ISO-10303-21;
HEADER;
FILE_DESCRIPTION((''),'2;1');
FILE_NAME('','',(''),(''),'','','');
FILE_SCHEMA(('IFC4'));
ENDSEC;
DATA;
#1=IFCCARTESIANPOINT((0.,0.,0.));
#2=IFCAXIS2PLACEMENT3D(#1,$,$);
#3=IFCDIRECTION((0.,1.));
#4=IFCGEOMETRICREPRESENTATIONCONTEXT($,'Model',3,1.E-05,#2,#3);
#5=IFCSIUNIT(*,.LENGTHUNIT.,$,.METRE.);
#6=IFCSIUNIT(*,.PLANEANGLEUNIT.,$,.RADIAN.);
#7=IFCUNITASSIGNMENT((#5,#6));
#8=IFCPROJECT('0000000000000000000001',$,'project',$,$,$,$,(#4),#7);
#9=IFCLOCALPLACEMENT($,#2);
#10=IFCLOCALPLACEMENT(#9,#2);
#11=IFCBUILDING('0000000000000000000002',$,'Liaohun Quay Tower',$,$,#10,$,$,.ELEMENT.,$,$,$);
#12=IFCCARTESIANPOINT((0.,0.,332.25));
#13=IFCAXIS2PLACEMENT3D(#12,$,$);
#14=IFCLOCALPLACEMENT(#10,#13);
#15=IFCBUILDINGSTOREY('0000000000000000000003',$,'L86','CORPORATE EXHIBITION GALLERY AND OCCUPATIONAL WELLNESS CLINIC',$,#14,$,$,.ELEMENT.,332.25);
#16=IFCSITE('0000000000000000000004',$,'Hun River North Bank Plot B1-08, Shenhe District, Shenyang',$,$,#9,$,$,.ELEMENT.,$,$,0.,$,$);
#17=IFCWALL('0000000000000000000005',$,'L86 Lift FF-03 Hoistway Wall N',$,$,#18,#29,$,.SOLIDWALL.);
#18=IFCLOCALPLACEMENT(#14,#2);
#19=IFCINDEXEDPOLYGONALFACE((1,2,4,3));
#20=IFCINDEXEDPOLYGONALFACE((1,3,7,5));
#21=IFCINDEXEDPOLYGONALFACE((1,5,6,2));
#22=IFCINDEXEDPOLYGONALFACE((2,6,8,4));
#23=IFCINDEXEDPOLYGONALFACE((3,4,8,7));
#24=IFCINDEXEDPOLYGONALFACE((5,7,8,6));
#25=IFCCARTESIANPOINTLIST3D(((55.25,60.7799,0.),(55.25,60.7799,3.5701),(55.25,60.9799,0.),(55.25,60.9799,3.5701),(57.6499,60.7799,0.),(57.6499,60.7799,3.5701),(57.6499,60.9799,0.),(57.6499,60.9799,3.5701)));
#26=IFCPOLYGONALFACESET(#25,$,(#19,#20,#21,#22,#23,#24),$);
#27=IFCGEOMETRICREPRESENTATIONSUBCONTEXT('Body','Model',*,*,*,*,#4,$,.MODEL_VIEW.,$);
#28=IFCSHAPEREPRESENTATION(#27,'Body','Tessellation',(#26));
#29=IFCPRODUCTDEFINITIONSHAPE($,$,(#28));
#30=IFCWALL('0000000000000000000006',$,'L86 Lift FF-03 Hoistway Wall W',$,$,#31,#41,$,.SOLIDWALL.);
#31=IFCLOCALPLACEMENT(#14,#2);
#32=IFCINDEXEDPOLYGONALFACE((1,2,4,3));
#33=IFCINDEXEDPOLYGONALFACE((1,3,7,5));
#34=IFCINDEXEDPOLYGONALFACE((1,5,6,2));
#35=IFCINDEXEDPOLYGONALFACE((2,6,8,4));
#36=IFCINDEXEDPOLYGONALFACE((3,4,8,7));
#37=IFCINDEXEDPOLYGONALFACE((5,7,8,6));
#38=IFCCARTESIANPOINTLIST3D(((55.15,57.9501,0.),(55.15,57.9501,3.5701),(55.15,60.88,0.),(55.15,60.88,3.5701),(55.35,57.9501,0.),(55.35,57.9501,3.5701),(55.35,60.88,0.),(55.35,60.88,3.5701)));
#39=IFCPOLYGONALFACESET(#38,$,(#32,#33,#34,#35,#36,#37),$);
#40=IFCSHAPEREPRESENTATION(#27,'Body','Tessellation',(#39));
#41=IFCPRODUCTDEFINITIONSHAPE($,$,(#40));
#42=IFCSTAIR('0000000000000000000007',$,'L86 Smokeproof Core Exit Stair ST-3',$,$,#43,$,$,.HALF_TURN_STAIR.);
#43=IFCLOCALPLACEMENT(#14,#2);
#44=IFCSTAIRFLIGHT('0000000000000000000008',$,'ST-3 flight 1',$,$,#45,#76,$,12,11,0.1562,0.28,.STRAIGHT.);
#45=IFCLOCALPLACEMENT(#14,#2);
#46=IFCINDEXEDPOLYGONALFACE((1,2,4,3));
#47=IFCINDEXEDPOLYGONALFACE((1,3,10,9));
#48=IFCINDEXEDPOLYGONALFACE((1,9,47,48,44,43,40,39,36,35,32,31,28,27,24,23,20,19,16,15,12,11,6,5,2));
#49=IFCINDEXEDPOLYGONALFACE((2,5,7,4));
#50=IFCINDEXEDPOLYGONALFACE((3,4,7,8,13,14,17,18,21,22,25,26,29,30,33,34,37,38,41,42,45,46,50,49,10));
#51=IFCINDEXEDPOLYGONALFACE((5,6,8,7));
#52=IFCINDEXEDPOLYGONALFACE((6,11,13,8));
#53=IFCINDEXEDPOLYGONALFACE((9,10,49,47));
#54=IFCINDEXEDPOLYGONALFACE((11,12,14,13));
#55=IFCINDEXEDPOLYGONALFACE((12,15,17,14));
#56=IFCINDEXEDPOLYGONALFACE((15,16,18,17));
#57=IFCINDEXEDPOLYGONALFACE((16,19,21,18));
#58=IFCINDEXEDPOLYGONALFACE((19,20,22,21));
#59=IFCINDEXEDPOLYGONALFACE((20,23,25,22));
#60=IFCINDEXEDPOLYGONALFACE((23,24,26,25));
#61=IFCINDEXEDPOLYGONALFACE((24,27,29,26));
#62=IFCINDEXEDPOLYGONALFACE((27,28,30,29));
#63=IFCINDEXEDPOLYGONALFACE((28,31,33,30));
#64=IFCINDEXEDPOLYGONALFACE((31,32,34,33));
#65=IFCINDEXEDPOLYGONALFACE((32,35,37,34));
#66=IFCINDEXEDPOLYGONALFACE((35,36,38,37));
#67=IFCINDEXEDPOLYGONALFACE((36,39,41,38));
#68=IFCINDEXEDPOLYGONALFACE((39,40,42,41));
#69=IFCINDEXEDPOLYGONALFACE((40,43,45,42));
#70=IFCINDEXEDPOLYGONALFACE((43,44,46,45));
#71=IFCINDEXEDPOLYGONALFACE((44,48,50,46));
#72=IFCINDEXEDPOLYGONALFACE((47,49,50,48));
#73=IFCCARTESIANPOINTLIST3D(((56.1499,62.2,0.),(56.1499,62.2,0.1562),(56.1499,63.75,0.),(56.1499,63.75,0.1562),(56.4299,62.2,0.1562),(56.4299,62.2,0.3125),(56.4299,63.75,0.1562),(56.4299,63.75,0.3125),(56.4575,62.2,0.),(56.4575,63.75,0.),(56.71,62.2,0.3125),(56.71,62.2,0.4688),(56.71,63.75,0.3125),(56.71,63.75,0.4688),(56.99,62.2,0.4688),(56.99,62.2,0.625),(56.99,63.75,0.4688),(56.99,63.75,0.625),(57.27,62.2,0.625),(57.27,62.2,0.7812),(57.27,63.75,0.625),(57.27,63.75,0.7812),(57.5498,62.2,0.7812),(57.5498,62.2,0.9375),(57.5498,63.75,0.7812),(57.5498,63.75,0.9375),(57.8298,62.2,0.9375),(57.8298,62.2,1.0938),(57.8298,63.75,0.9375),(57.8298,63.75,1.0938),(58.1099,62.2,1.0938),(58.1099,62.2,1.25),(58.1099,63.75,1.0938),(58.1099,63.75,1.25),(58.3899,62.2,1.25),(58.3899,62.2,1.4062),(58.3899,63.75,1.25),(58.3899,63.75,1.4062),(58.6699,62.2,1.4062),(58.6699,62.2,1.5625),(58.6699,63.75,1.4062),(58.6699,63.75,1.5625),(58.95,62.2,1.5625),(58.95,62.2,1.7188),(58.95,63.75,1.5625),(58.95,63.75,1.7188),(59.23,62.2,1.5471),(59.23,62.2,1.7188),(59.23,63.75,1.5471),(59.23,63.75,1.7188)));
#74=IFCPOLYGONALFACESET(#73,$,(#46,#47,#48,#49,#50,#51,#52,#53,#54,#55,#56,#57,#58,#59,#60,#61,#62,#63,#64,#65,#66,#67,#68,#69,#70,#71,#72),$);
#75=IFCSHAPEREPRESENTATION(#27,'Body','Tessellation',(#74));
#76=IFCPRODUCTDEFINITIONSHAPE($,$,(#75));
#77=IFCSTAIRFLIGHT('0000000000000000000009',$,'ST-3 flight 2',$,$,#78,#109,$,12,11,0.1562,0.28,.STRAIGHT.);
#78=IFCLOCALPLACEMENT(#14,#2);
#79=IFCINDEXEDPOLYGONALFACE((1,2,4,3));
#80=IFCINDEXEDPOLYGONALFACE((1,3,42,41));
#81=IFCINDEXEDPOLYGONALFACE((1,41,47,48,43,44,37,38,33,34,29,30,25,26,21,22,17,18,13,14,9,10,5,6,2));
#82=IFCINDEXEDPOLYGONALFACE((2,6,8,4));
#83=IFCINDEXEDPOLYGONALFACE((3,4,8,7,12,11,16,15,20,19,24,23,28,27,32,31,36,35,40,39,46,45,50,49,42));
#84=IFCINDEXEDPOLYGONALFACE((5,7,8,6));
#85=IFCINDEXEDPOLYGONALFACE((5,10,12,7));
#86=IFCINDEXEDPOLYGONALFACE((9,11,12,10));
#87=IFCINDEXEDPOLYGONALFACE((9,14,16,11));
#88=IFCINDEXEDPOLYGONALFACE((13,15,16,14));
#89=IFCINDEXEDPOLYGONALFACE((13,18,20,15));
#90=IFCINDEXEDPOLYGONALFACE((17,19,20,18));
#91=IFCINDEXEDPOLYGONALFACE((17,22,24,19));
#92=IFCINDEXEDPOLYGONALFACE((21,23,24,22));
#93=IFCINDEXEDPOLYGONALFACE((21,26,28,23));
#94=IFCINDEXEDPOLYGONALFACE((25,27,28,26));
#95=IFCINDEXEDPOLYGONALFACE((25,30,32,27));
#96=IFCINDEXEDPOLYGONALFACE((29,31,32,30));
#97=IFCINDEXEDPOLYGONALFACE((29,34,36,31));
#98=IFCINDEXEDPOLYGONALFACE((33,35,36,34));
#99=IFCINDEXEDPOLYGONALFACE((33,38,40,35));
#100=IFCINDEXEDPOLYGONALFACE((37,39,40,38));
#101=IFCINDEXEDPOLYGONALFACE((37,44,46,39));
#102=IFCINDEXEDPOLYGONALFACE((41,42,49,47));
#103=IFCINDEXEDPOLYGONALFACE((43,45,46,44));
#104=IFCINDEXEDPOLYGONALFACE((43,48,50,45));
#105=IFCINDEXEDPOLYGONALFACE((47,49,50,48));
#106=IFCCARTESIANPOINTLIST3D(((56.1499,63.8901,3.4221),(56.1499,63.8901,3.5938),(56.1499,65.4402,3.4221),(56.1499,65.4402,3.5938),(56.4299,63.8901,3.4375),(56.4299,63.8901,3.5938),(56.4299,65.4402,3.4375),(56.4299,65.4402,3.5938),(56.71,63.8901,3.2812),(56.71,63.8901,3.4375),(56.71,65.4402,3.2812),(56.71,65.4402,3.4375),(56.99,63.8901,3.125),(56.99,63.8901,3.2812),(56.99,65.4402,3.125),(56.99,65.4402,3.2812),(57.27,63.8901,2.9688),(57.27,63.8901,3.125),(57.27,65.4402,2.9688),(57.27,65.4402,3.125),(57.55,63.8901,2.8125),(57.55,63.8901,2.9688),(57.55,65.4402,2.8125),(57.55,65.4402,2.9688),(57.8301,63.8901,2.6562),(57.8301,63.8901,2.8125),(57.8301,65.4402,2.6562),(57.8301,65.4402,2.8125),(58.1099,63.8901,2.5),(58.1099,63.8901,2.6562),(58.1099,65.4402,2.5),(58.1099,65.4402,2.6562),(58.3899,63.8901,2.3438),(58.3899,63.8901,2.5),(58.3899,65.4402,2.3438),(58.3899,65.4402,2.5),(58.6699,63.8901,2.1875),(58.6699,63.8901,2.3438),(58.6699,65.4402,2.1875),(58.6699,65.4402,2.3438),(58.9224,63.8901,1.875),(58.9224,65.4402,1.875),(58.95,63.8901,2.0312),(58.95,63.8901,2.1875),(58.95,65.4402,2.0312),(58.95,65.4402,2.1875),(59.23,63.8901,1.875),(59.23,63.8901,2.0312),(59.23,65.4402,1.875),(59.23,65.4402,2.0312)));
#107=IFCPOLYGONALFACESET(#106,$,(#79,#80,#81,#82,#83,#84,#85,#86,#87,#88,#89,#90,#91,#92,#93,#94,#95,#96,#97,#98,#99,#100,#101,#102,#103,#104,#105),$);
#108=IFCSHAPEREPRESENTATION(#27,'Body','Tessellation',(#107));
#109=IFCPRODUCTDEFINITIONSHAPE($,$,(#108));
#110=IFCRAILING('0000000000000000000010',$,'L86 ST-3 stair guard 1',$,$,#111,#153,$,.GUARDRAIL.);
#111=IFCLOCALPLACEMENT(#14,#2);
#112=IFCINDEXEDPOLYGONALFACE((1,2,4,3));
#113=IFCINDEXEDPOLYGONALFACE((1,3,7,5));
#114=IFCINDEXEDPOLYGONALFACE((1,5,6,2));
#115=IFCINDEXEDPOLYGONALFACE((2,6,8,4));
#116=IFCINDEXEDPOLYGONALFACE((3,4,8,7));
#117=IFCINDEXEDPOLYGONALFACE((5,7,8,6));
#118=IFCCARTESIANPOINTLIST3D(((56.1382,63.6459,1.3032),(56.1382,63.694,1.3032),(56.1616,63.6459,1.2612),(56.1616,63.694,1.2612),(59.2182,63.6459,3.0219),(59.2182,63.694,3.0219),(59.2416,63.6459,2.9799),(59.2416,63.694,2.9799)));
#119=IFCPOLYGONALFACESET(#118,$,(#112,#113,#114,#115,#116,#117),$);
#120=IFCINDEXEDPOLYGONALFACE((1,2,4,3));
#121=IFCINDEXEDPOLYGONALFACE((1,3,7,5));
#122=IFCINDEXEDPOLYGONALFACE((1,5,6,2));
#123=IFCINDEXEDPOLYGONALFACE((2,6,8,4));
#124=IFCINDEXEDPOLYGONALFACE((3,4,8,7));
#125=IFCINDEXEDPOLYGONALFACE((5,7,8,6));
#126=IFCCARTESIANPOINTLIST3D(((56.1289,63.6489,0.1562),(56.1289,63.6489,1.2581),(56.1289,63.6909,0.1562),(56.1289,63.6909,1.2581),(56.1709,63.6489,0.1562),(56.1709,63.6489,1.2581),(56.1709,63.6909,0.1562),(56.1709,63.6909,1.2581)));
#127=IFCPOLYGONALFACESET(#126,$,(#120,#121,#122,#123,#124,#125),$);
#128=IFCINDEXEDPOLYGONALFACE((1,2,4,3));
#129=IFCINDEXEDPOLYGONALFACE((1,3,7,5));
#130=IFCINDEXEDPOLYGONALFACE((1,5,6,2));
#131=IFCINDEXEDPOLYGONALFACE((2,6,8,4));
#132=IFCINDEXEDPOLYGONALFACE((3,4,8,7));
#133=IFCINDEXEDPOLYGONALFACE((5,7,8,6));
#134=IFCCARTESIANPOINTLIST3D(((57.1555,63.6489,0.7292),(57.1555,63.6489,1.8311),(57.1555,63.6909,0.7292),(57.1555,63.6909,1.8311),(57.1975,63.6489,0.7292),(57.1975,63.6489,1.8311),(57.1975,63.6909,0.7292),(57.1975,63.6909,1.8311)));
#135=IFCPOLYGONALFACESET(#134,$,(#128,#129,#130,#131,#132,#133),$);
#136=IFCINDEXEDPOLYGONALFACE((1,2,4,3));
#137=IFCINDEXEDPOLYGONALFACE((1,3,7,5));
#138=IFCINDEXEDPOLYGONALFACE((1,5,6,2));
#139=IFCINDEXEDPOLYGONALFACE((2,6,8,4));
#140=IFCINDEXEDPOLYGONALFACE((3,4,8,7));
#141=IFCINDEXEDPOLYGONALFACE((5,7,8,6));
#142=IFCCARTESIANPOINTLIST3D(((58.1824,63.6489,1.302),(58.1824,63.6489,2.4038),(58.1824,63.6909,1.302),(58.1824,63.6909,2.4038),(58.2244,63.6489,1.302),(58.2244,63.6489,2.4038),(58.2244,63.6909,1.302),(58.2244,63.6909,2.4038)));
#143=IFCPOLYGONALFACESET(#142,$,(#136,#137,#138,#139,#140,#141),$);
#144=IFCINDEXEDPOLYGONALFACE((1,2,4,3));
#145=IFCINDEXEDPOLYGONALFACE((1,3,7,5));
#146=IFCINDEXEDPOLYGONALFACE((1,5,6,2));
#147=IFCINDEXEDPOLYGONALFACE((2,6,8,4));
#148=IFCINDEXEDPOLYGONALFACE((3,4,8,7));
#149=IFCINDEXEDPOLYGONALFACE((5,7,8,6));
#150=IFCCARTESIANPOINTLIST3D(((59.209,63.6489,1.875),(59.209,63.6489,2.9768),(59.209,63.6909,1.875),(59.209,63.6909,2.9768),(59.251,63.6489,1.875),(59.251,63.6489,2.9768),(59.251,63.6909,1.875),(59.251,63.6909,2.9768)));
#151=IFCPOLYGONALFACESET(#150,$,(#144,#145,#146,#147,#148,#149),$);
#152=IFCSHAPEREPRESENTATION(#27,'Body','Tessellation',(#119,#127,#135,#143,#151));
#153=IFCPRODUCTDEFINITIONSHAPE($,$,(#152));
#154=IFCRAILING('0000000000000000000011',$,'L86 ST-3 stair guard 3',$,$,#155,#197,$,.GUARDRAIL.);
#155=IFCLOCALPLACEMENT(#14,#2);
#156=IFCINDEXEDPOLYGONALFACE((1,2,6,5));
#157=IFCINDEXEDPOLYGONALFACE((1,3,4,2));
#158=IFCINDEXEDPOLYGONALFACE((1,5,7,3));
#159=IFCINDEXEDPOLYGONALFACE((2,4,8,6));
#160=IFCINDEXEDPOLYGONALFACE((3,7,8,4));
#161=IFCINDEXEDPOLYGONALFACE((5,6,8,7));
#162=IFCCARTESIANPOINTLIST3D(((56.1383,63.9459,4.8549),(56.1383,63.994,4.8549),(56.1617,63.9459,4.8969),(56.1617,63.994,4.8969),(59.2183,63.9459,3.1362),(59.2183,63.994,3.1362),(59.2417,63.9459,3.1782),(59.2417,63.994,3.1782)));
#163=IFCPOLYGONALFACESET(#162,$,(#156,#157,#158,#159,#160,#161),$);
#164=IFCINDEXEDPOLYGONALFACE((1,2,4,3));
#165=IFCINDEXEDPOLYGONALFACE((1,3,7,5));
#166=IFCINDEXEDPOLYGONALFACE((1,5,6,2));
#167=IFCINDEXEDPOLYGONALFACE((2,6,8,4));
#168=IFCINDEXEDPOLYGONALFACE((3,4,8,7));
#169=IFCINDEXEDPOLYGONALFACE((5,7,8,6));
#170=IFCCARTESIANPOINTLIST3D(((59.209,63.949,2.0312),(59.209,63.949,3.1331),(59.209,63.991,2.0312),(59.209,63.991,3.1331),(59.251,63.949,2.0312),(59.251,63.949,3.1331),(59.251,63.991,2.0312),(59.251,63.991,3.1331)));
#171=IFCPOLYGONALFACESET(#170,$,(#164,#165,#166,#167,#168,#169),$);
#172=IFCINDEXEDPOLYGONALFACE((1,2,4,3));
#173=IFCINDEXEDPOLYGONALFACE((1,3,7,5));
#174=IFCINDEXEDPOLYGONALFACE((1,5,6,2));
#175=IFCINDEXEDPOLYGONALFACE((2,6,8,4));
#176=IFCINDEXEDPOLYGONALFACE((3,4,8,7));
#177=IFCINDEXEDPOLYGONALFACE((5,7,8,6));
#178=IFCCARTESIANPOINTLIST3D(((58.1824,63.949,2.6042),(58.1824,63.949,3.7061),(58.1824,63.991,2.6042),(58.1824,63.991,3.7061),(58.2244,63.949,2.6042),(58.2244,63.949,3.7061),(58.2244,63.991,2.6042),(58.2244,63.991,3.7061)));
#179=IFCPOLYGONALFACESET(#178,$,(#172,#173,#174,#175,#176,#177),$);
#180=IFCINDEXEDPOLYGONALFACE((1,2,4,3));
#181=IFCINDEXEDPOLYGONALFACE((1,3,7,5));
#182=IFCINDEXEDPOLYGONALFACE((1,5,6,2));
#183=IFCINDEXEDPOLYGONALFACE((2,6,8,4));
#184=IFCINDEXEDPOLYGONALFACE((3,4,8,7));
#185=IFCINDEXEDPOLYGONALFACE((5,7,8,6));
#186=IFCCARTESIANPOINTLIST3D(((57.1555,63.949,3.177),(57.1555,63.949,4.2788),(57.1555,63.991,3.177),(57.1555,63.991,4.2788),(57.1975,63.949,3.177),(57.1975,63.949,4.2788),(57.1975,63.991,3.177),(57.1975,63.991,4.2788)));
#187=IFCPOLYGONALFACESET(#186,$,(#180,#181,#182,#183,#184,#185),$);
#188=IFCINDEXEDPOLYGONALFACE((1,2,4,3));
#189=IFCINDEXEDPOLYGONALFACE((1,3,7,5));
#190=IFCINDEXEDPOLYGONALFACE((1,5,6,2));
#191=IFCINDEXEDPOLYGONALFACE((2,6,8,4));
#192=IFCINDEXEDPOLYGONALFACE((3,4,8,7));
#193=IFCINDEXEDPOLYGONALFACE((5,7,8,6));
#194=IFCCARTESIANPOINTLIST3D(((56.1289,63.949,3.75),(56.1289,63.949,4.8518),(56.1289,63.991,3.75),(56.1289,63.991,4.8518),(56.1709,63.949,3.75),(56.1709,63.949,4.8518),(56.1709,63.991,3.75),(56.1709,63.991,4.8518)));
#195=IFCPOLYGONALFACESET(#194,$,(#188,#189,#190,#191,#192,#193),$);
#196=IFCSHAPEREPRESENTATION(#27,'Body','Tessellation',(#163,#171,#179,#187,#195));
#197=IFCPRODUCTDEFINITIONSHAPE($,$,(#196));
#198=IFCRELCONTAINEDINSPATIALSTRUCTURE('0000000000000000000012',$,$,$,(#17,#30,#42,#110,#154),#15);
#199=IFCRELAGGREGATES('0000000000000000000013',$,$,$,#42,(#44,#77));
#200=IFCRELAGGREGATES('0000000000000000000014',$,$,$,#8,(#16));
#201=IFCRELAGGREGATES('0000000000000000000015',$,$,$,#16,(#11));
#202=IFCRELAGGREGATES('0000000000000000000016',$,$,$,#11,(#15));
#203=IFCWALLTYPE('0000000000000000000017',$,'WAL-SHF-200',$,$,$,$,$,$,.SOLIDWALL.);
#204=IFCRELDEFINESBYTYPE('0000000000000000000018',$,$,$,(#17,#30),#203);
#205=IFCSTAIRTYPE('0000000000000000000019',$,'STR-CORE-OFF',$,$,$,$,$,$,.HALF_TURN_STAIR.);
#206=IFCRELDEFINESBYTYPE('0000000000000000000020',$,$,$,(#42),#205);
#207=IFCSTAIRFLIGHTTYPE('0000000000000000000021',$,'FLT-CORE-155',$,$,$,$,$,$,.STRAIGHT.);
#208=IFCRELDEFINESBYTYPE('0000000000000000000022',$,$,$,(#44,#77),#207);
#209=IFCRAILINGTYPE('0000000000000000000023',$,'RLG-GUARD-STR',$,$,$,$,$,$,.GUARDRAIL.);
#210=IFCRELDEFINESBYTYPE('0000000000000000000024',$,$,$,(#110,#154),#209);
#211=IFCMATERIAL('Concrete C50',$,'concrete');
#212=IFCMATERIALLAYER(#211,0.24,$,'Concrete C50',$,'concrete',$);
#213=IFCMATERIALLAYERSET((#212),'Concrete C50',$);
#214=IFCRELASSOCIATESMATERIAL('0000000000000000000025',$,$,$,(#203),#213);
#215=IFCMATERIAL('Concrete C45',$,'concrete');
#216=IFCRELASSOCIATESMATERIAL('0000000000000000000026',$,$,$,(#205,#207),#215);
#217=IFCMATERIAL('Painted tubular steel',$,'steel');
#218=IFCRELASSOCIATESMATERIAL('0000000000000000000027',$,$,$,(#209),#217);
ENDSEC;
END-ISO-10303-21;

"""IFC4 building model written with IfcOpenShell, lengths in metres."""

from ifc_helpers import new_model, si_unit, direction, frame, frame_2d, origin, origin_2d, place, context, subcontext, project, spatial, polyline, rectangle, outline, extrude, material, layer, layer_set, type_object, element, aggregate, save


model = new_model("IFC4")

# Units and contexts
model_context = context("Model", 3, precision=1e-05, world=origin(), true_north=direction((0.0, 1.0)))
body_context = subcontext(model_context, "Body", "Model", "MODEL_VIEW")
ifc_project = project(units=[si_unit("LENGTHUNIT", "METRE"), si_unit("PLANEANGLEUNIT", "RADIAN")], contexts=[model_context])

# Site, building, storey
site_placement = place(None, origin())
site = spatial("IfcSite", under=ifc_project, at=site_placement, Name="Hun River North Bank Plot B1-08, Shenhe District, Shenyang", CompositionType="ELEMENT", RefElevation=0.0)
building_placement = place(site_placement, origin())
building = spatial("IfcBuilding", under=site, at=building_placement, Name="Liaohun Quay Tower", CompositionType="ELEMENT")
storey_placement = place(building_placement, frame((0.0, 0.0, 332.25)))
storey = spatial("IfcBuildingStorey", under=building, at=storey_placement, Name="L86", Description="CORPORATE EXHIBITION GALLERY AND OCCUPATIONAL WELLNESS CLINIC", CompositionType="ELEMENT", Elevation=332.25)

# Shared definitions
ifc_material_1 = material(Name="Concrete C50", Category="concrete")

# Shared definitions
ifc_layer_1 = layer(ifc_material_1, 0.24, Name="Concrete C50", Category="concrete")
ifc_layer_set_1 = layer_set([ifc_layer_1], Name="Concrete C50")
wall_type_1 = type_object("IfcWallType", Name="WAL-SHF-200", PredefinedType="SOLIDWALL", material=ifc_layer_set_1)

# Walls
wall_1_placement = place(storey_placement, frame((57.6499, 60.8799, 0.0), z_axis=(0.0, 0.0, 1.0), x_axis=(-1.0, 0.0, 0.0)))
element("IfcWall", 1, at=wall_1_placement, inside=storey, type_object=wall_type_1, Name="L86 Lift FF-03 Hoistway Wall N", PredefinedType="SOLIDWALL", context=body_context, shape_type="SweptSolid", body=[
    extrude(rectangle(XDim=2.3999, YDim=0.2, at=frame_2d((1.2, 0.0))), origin(), (0.0, 0.0, 1.0), 3.5701),
])
wall_2_placement = place(storey_placement, frame((55.25, 60.8799, 0.0), z_axis=(0.0, 0.0, 1.0), x_axis=(0.0, -1.0, 0.0)))
element("IfcWall", 2, at=wall_2_placement, inside=storey, type_object=wall_type_1, Name="L86 Lift FF-03 Hoistway Wall W", PredefinedType="SOLIDWALL", context=body_context, shape_type="SweptSolid", body=[
    extrude(rectangle(XDim=2.9299, YDim=0.2, at=frame_2d((1.4648, 0.0))), origin(), (0.0, 0.0, 1.0), 3.5701),
])

# Stair, stair flights
ifc_material_2 = material(Name="Concrete C45", Category="concrete")
stair_type = type_object("IfcStairType", Name="STR-CORE-OFF", PredefinedType="HALF_TURN_STAIR", material=ifc_material_2)
stair_placement = place(storey_placement, origin())
stair = element("IfcStair", 3, at=stair_placement, inside=storey, type_object=stair_type, Name="L86 Smokeproof Core Exit Stair ST-3", PredefinedType="HALF_TURN_STAIR")
stair_flight_type = type_object("IfcStairFlightType", Name="FLT-CORE-155", PredefinedType="STRAIGHT", material=ifc_material_2)
stair_flight_1_placement = place(storey_placement, frame((56.1499, 62.9751, 0.0), z_axis=(0.0, 0.0, 1.0), x_axis=(1.0, 0.0, 0.0)))
stair_flight_1 = element("IfcStairFlight", 4, at=stair_flight_1_placement, type_object=stair_flight_type, Name="ST-3 flight 1", NumberOfRisers=12, NumberOfTreads=11, PredefinedType="STRAIGHT", RiserHeight=0.1562, TreadLength=0.28, context=body_context, shape_type="SweptSolid", body=[
    extrude(outline(polyline([(0.0, 0.0), (0.0, 0.1562), (0.28, 0.1562), (0.28, 0.3125), (0.5601, 0.3125), (0.5601, 0.4688), (0.8401, 0.4688), (0.8401, 0.625), (1.1201, 0.625), (1.1201, 0.7812), (1.3999, 0.7812), (1.3999, 0.9375), (1.6799, 0.9375), (1.6799, 1.0938), (1.96, 1.0938), (1.96, 1.25), (2.24, 1.25), (2.24, 1.4062), (2.52, 1.4062), (2.52, 1.5625), (2.8, 1.5625), (2.8, 1.7188), (3.0801, 1.7188), (3.0801, 1.875), (3.0801, 1.5471), (0.3076, 0.0), (0.0, 0.0)])), frame((0.0, 0.7749, 0.0), z_axis=(0.0, -1.0, 0.0), x_axis=(1.0, 0.0, 0.0)), (0.0, 0.0, 1.0), 1.55),
])
stair_flight_2_placement = place(storey_placement, frame((59.23, 64.665, 1.875), z_axis=(0.0, 0.0, 1.0), x_axis=(-1.0, 0.0, 0.0)))
stair_flight_2 = element("IfcStairFlight", 5, at=stair_flight_2_placement, type_object=stair_flight_type, Name="ST-3 flight 2", NumberOfRisers=12, NumberOfTreads=11, PredefinedType="STRAIGHT", RiserHeight=0.1562, TreadLength=0.28, context=body_context, shape_type="SweptSolid", body=[
    extrude(outline(polyline([(0.0, 0.0), (0.0, 0.1562), (0.28, 0.1562), (0.28, 0.3125), (0.5601, 0.3125), (0.5601, 0.4688), (0.8401, 0.4688), (0.8401, 0.625), (1.1201, 0.625), (1.1201, 0.7812), (1.3999, 0.7812), (1.3999, 0.9375), (1.6799, 0.9375), (1.6799, 1.0938), (1.96, 1.0938), (1.96, 1.25), (2.24, 1.25), (2.24, 1.4062), (2.52, 1.4062), (2.52, 1.5625), (2.8, 1.5625), (2.8, 1.7188), (3.0801, 1.7188), (3.0801, 1.875), (3.0801, 1.5471), (0.3076, 0.0), (0.0, 0.0)])), frame((0.0, 0.7749, 0.0), z_axis=(0.0, -1.0, 0.0), x_axis=(1.0, 0.0, 0.0)), (0.0, 0.0, 1.0), 1.55),
])
aggregate(stair, [stair_flight_1, stair_flight_2])

# Railings
ifc_material_3 = material(Name="Painted tubular steel", Category="steel")
railing_type_1 = type_object("IfcRailingType", Name="RLG-GUARD-STR", PredefinedType="GUARDRAIL", material=ifc_material_3)
railing_1_placement = place(storey_placement, frame((56.1499, 63.6699, 0.1562)))
element("IfcRailing", 6, at=railing_1_placement, inside=storey, type_object=railing_type_1, Name="L86 ST-3 stair guard 1", PredefinedType="GUARDRAIL", context=body_context, shape_type="SweptSolid", body=[
    extrude(rectangle(XDim=0.0481, YDim=0.0481, at=origin_2d()), frame((0.0, 0.0, 1.126), z_axis=(0.873242, 0.0, 0.487288), x_axis=(0.0, 1.0, 0.0)), (0.0, 0.0, 1.0), 3.5271),
    extrude(rectangle(XDim=0.042, YDim=0.042, at=origin_2d()), origin(), (0.0, 0.0, 1.0), 1.1018),
    extrude(rectangle(XDim=0.042, YDim=0.042, at=origin_2d()), frame((1.0266, 0.0, 0.573)), (0.0, 0.0, 1.0), 1.1018),
    extrude(rectangle(XDim=0.042, YDim=0.042, at=origin_2d()), frame((2.0535, 0.0, 1.1458)), (0.0, 0.0, 1.0), 1.1018),
    extrude(rectangle(XDim=0.042, YDim=0.042, at=origin_2d()), frame((3.0801, 0.0, 1.7188)), (0.0, 0.0, 1.0), 1.1018),
])
railing_2_placement = place(storey_placement, frame((59.23, 63.97, 2.0312)))
element("IfcRailing", 7, at=railing_2_placement, inside=storey, type_object=railing_type_1, Name="L86 ST-3 stair guard 3", PredefinedType="GUARDRAIL", context=body_context, shape_type="SweptSolid", body=[
    extrude(rectangle(XDim=0.0481, YDim=0.0481, at=origin_2d()), frame((0.0, 0.0, 1.126), z_axis=(-0.873242, 0.0, 0.487288), x_axis=(0.0, -1.0, 0.0)), (0.0, 0.0, 1.0), 3.5271),
    extrude(rectangle(XDim=0.042, YDim=0.042, at=origin_2d()), origin(), (0.0, 0.0, 1.0), 1.1018),
    extrude(rectangle(XDim=0.042, YDim=0.042, at=origin_2d()), frame((-1.0266, 0.0, 0.573)), (0.0, 0.0, 1.0), 1.1018),
    extrude(rectangle(XDim=0.042, YDim=0.042, at=origin_2d()), frame((-2.0535, 0.0, 1.1458)), (0.0, 0.0, 1.0), 1.1018),
    extrude(rectangle(XDim=0.042, YDim=0.042, at=origin_2d()), frame((-3.0801, 0.0, 1.7188)), (0.0, 0.0, 1.0), 1.1018),
])

save(model, "model.ifc")
